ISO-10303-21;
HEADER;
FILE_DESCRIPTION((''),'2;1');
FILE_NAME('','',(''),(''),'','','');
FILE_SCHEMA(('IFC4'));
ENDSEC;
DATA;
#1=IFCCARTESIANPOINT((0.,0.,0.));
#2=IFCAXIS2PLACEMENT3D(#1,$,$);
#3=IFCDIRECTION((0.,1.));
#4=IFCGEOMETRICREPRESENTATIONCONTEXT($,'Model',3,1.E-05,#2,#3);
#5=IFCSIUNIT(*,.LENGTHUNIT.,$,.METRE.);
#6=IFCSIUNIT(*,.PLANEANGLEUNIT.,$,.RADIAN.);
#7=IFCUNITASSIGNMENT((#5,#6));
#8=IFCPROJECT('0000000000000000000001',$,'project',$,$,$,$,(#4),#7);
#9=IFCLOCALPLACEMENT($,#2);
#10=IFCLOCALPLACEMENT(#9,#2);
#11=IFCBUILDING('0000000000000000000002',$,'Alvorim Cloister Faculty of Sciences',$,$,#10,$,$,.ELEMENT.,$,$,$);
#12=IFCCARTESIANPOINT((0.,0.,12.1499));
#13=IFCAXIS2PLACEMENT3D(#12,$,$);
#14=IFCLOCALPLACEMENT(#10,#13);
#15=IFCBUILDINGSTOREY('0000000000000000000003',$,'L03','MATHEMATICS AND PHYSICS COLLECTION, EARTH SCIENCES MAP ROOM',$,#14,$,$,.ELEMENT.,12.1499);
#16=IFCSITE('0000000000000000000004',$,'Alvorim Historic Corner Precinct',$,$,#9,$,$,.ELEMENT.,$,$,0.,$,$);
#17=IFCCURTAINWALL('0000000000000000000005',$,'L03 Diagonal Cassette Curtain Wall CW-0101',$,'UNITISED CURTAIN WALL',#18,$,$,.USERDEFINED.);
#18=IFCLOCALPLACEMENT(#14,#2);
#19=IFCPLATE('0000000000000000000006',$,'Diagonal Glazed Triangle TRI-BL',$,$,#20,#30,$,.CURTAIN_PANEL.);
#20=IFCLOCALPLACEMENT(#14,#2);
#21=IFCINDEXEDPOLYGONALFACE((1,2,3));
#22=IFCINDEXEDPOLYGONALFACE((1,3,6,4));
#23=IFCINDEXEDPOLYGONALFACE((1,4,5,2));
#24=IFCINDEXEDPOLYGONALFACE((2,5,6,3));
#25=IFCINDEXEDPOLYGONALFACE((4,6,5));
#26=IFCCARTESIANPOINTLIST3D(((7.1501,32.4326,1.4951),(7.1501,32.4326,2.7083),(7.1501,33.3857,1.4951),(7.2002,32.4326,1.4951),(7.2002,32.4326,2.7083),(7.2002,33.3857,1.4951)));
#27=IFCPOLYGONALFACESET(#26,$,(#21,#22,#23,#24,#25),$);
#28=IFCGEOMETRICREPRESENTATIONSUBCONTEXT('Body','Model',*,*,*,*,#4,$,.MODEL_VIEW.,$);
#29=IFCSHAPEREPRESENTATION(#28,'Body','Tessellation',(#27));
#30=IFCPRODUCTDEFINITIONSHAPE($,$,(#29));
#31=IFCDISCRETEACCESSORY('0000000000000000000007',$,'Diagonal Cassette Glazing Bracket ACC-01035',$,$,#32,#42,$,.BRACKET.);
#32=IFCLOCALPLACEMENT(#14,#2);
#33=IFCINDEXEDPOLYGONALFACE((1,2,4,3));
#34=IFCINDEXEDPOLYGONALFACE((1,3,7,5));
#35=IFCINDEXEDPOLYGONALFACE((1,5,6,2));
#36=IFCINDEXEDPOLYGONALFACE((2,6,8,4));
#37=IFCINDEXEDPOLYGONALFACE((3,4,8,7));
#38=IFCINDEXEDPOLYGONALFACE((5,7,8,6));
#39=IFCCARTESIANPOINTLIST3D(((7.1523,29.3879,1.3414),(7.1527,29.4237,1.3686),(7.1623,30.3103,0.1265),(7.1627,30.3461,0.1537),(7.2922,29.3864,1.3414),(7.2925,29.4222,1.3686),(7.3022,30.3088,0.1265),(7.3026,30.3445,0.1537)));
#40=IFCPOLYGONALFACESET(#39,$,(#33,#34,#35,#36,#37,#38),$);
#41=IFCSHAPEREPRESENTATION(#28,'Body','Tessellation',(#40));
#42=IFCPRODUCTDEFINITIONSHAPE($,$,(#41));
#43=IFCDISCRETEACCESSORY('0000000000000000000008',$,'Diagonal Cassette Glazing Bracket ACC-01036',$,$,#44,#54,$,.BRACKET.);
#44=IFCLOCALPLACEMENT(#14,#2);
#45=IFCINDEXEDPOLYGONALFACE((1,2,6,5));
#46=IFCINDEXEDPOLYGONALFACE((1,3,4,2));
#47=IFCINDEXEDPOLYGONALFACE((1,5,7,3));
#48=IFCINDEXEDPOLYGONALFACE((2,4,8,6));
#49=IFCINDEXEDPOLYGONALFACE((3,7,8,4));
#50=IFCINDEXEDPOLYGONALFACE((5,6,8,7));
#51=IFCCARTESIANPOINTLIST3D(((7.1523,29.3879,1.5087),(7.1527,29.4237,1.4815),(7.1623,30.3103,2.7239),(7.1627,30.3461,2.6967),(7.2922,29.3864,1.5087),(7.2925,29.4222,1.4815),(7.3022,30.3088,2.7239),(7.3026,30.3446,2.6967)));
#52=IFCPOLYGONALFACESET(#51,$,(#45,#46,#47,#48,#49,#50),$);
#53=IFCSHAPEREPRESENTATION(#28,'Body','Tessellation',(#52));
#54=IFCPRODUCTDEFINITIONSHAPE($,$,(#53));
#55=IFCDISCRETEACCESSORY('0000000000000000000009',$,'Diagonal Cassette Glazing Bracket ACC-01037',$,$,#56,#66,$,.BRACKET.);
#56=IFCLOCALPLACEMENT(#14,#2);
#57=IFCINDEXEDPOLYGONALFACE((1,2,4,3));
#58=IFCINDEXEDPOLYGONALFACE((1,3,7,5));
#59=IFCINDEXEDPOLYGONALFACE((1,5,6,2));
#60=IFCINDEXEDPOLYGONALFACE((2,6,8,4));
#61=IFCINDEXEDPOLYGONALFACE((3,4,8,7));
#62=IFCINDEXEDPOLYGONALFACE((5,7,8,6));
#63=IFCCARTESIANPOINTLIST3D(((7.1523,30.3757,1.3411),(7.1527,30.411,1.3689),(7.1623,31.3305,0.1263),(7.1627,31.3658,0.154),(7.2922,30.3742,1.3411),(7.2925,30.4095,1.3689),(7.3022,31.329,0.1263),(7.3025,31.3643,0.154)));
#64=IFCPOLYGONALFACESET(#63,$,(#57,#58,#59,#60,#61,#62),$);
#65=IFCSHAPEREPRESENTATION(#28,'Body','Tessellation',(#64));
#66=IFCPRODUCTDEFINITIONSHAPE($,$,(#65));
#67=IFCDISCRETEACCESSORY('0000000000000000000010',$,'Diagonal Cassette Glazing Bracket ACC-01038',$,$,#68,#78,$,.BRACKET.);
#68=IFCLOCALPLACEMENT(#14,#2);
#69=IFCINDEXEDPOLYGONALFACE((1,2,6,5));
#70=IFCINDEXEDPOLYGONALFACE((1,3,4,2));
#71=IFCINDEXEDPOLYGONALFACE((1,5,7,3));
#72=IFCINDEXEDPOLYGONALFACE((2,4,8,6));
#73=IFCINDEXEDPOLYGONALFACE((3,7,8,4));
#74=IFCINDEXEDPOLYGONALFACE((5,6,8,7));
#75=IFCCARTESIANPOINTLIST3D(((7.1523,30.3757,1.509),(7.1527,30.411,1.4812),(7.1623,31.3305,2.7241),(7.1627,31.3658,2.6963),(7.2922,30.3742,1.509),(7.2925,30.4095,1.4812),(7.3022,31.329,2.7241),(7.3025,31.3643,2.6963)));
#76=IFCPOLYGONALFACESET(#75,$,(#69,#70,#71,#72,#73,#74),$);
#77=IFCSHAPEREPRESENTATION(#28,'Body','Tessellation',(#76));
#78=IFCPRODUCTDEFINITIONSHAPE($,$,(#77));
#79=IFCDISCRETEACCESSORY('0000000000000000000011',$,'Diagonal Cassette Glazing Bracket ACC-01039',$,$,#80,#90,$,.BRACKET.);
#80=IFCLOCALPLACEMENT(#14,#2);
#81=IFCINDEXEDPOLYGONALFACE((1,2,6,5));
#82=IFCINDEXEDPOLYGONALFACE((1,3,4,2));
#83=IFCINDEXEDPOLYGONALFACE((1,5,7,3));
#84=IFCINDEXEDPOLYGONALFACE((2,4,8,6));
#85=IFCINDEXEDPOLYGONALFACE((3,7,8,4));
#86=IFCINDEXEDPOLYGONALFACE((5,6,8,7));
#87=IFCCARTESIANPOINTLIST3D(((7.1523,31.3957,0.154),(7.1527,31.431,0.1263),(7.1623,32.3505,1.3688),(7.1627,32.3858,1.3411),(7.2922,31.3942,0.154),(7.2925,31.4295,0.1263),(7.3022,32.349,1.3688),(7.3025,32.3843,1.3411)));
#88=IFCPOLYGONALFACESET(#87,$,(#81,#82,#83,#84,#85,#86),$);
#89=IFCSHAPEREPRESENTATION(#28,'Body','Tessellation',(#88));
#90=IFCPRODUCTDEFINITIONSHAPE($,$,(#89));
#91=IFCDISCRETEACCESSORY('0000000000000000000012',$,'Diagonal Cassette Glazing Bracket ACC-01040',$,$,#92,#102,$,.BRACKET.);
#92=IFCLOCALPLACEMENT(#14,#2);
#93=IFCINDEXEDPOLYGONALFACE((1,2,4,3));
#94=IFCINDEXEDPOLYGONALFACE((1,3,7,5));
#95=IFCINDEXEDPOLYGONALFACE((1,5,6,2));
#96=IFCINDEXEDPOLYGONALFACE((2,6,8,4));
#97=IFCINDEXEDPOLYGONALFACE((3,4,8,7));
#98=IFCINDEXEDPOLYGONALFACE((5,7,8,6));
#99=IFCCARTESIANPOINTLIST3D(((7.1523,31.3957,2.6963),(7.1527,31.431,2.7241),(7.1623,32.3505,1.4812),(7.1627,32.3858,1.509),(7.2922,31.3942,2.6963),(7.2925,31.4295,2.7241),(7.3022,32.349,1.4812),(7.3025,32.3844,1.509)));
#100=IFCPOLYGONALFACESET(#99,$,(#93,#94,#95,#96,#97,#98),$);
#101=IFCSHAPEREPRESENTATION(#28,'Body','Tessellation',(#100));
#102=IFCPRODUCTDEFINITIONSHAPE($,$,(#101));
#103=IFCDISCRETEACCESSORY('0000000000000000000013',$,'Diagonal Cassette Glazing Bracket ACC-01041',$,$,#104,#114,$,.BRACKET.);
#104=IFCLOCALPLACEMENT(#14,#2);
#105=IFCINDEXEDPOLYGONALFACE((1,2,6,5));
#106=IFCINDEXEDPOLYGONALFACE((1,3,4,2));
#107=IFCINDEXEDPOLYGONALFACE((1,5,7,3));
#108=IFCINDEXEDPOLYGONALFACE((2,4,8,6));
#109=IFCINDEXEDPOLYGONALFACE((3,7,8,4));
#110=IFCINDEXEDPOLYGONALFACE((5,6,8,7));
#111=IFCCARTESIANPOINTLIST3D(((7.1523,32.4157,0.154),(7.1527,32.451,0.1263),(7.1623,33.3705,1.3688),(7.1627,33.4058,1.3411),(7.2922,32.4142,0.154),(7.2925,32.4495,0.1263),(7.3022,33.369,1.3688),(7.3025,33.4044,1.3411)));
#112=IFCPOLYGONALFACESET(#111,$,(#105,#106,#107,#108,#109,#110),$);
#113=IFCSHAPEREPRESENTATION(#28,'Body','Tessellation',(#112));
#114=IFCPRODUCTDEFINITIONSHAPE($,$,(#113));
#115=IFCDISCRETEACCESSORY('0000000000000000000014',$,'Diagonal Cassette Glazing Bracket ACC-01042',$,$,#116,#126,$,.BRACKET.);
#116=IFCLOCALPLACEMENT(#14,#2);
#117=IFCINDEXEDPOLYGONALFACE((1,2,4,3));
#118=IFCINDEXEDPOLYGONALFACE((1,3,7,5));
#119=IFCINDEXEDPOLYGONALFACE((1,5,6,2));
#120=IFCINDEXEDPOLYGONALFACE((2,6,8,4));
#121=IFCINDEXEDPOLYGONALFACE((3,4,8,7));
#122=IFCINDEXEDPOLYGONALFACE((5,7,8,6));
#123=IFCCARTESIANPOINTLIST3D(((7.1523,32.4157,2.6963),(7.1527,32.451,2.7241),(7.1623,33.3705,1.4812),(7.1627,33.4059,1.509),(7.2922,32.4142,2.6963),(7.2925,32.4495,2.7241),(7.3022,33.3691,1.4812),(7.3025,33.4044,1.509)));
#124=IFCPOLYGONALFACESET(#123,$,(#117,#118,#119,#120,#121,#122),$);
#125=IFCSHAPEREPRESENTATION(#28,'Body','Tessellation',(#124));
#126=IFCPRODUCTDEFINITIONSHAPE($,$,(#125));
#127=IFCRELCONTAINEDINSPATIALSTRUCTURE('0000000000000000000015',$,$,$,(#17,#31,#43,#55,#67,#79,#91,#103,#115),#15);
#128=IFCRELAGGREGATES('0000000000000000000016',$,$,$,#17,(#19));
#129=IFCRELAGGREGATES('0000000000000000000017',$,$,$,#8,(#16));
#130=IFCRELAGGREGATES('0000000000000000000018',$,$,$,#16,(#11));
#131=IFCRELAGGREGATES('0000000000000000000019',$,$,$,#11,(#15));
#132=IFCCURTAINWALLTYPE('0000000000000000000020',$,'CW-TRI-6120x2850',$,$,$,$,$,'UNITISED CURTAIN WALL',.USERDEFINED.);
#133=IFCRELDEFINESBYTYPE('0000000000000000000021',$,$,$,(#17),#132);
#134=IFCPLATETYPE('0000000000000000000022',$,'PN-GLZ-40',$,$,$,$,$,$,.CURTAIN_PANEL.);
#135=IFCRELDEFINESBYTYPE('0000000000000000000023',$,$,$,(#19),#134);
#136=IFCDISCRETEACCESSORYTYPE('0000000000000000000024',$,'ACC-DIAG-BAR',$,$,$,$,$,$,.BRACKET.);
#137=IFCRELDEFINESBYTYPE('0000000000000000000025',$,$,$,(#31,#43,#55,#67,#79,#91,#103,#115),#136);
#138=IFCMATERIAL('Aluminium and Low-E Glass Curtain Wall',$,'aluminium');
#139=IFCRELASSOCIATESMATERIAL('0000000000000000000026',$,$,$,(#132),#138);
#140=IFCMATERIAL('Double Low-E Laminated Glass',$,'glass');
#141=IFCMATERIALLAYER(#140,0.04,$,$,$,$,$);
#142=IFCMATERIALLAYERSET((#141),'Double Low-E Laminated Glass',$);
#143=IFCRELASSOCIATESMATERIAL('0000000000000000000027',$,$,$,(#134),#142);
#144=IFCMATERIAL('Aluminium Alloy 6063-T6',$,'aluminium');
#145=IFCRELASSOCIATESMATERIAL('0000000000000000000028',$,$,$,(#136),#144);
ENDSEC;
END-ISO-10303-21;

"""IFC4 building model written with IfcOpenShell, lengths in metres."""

from ifc_helpers import new_model, si_unit, direction, frame, origin, origin_2d, place, context, subcontext, project, spatial, polyline, rectangle, outline, extrude, material, layer, layer_set, type_object, element, aggregate, save


model = new_model("IFC4")

# Units and contexts
model_context = context("Model", 3, precision=1e-05, world=origin(), true_north=direction((0.0, 1.0)))
body_context = subcontext(model_context, "Body", "Model", "MODEL_VIEW")
ifc_project = project(units=[si_unit("LENGTHUNIT", "METRE"), si_unit("PLANEANGLEUNIT", "RADIAN")], contexts=[model_context])

# Site, building, storey
site_placement = place(None, origin())
site = spatial("IfcSite", under=ifc_project, at=site_placement, Name="Alvorim Historic Corner Precinct", CompositionType="ELEMENT", RefElevation=0.0)
building_placement = place(site_placement, origin())
building = spatial("IfcBuilding", under=site, at=building_placement, Name="Alvorim Cloister Faculty of Sciences", CompositionType="ELEMENT")
storey_placement = place(building_placement, frame((0.0, 0.0, 12.1499)))
storey = spatial("IfcBuildingStorey", under=building, at=storey_placement, Name="L03", Description="MATHEMATICS AND PHYSICS COLLECTION, EARTH SCIENCES MAP ROOM", CompositionType="ELEMENT", Elevation=12.1499)

# Curtain wall, plate
ifc_material_1 = material(Name="Aluminium and Low-E Glass Curtain Wall", Category="aluminium")
curtain_wall_type = type_object("IfcCurtainWallType", Name="CW-TRI-6120x2850", ElementType="UNITISED CURTAIN WALL", PredefinedType="USERDEFINED", material=ifc_material_1)
curtain_wall_placement = place(storey_placement, origin())
curtain_wall = element("IfcCurtainWall", 1, at=curtain_wall_placement, inside=storey, type_object=curtain_wall_type, Name="L03 Diagonal Cassette Curtain Wall CW-0101", ObjectType="UNITISED CURTAIN WALL", PredefinedType="USERDEFINED")
ifc_material_2 = material(Name="Aluminium Alloy 6063-T6", Category="aluminium")
ifc_material_3 = material(Name="Double Low-E Laminated Glass", Category="glass")
ifc_layer = layer(ifc_material_3, 0.04)
ifc_layer_set = layer_set([ifc_layer], Name="Double Low-E Laminated Glass")
plate_type = type_object("IfcPlateType", Name="PN-GLZ-40", PredefinedType="CURTAIN_PANEL", material=ifc_layer_set)
plate_1_placement = place(storey_placement, frame((7.175, 32.4326, 1.4951), z_axis=(0.0, 0.0, 1.0), x_axis=(0.0, 1.0, 0.0)))
plate_1 = element("IfcPlate", 2, at=plate_1_placement, type_object=plate_type, Name="Diagonal Glazed Triangle TRI-BL", PredefinedType="CURTAIN_PANEL", context=body_context, shape_type="SweptSolid", body=[
    extrude(outline(polyline([(0.0, 0.0), (0.9531, 0.0), (0.0, 1.2131), (0.0, 0.0)])), frame((0.0, 0.0249, 0.0), z_axis=(0.0, -1.0, 0.0), x_axis=(1.0, 0.0, 0.0)), (0.0, 0.0, 1.0), 0.05),
])
aggregate(curtain_wall, [plate_1])

# Discrete accessories
discrete_accessory_type = type_object("IfcDiscreteAccessoryType", Name="ACC-DIAG-BAR", PredefinedType="BRACKET", material=ifc_material_2)
discrete_accessory_1_placement = place(storey_placement, frame((7.2224, 29.405, 1.355), z_axis=(0.006562, 0.604689, -0.796435), x_axis=(-0.999941, 0.010852, 0.0)))
element("IfcDiscreteAccessory", 3, at=discrete_accessory_1_placement, inside=storey, type_object=discrete_accessory_type, Name="Diagonal Cassette Glazing Bracket ACC-01035", PredefinedType="BRACKET", context=body_context, shape_type="SweptSolid", body=[
    extrude(rectangle(XDim=0.1399, YDim=0.0449, at=origin_2d()), origin(), (0.0, 0.0, 1.0), 1.5254),
])
discrete_accessory_2_placement = place(storey_placement, frame((7.2224, 29.405, 1.4951), z_axis=(0.006561, 0.604612, 0.796493), x_axis=(-0.999941, 0.010852, 0.0)))
element("IfcDiscreteAccessory", 4, at=discrete_accessory_2_placement, inside=storey, type_object=discrete_accessory_type, Name="Diagonal Cassette Glazing Bracket ACC-01036", PredefinedType="BRACKET", context=body_context, shape_type="SweptSolid", body=[
    extrude(rectangle(XDim=0.1399, YDim=0.0449, at=origin_2d()), origin(), (0.0, 0.0, 1.0), 1.5256),
])
discrete_accessory_3_placement = place(storey_placement, frame((7.2224, 30.3926, 1.355), z_axis=(0.006478, 0.617934, -0.786203), x_axis=(-0.999945, 0.010483, 0.0)))
element("IfcDiscreteAccessory", 5, at=discrete_accessory_3_placement, inside=storey, type_object=discrete_accessory_type, Name="Diagonal Cassette Glazing Bracket ACC-01037", PredefinedType="BRACKET", context=body_context, shape_type="SweptSolid", body=[
    extrude(rectangle(XDim=0.1399, YDim=0.0449, at=origin_2d()), origin(), (0.0, 0.0, 1.0), 1.5452),
])
discrete_accessory_4_placement = place(storey_placement, frame((7.2224, 30.3926, 1.4951), z_axis=(0.006477, 0.617857, 0.786263), x_axis=(-0.999945, 0.010483, 0.0)))
element("IfcDiscreteAccessory", 6, at=discrete_accessory_4_placement, inside=storey, type_object=discrete_accessory_type, Name="Diagonal Cassette Glazing Bracket ACC-01038", PredefinedType="BRACKET", context=body_context, shape_type="SweptSolid", body=[
    extrude(rectangle(XDim=0.1399, YDim=0.0449, at=origin_2d()), origin(), (0.0, 0.0, 1.0), 1.5454),
])
discrete_accessory_5_placement = place(storey_placement, frame((7.2224, 31.4126, 0.1401), z_axis=(0.006478, 0.617934, 0.786203), x_axis=(-0.999945, 0.010483, 0.0)))
element("IfcDiscreteAccessory", 7, at=discrete_accessory_5_placement, inside=storey, type_object=discrete_accessory_type, Name="Diagonal Cassette Glazing Bracket ACC-01039", PredefinedType="BRACKET", context=body_context, shape_type="SweptSolid", body=[
    extrude(rectangle(XDim=0.1399, YDim=0.0449, at=origin_2d()), origin(), (0.0, 0.0, 1.0), 1.5452),
])
discrete_accessory_6_placement = place(storey_placement, frame((7.2224, 31.4126, 2.7102), z_axis=(0.006477, 0.617857, -0.786263), x_axis=(-0.999945, 0.010483, 0.0)))
element("IfcDiscreteAccessory", 8, at=discrete_accessory_6_placement, inside=storey, type_object=discrete_accessory_type, Name="Diagonal Cassette Glazing Bracket ACC-01040", PredefinedType="BRACKET", context=body_context, shape_type="SweptSolid", body=[
    extrude(rectangle(XDim=0.1399, YDim=0.0449, at=origin_2d()), origin(), (0.0, 0.0, 1.0), 1.5454),
])
discrete_accessory_7_placement = place(storey_placement, frame((7.2224, 32.4326, 0.1401), z_axis=(0.006478, 0.617934, 0.786203), x_axis=(-0.999945, 0.010483, 0.0)))
element("IfcDiscreteAccessory", 9, at=discrete_accessory_7_placement, inside=storey, type_object=discrete_accessory_type, Name="Diagonal Cassette Glazing Bracket ACC-01041", PredefinedType="BRACKET", context=body_context, shape_type="SweptSolid", body=[
    extrude(rectangle(XDim=0.1399, YDim=0.0449, at=origin_2d()), origin(), (0.0, 0.0, 1.0), 1.5452),
])
discrete_accessory_8_placement = place(storey_placement, frame((7.2224, 32.4326, 2.7102), z_axis=(0.006477, 0.617857, -0.786263), x_axis=(-0.999945, 0.010483, 0.0)))
element("IfcDiscreteAccessory", 10, at=discrete_accessory_8_placement, inside=storey, type_object=discrete_accessory_type, Name="Diagonal Cassette Glazing Bracket ACC-01042", PredefinedType="BRACKET", context=body_context, shape_type="SweptSolid", body=[
    extrude(rectangle(XDim=0.1399, YDim=0.0449, at=origin_2d()), origin(), (0.0, 0.0, 1.0), 1.5454),
])

save(model, "model.ifc")
